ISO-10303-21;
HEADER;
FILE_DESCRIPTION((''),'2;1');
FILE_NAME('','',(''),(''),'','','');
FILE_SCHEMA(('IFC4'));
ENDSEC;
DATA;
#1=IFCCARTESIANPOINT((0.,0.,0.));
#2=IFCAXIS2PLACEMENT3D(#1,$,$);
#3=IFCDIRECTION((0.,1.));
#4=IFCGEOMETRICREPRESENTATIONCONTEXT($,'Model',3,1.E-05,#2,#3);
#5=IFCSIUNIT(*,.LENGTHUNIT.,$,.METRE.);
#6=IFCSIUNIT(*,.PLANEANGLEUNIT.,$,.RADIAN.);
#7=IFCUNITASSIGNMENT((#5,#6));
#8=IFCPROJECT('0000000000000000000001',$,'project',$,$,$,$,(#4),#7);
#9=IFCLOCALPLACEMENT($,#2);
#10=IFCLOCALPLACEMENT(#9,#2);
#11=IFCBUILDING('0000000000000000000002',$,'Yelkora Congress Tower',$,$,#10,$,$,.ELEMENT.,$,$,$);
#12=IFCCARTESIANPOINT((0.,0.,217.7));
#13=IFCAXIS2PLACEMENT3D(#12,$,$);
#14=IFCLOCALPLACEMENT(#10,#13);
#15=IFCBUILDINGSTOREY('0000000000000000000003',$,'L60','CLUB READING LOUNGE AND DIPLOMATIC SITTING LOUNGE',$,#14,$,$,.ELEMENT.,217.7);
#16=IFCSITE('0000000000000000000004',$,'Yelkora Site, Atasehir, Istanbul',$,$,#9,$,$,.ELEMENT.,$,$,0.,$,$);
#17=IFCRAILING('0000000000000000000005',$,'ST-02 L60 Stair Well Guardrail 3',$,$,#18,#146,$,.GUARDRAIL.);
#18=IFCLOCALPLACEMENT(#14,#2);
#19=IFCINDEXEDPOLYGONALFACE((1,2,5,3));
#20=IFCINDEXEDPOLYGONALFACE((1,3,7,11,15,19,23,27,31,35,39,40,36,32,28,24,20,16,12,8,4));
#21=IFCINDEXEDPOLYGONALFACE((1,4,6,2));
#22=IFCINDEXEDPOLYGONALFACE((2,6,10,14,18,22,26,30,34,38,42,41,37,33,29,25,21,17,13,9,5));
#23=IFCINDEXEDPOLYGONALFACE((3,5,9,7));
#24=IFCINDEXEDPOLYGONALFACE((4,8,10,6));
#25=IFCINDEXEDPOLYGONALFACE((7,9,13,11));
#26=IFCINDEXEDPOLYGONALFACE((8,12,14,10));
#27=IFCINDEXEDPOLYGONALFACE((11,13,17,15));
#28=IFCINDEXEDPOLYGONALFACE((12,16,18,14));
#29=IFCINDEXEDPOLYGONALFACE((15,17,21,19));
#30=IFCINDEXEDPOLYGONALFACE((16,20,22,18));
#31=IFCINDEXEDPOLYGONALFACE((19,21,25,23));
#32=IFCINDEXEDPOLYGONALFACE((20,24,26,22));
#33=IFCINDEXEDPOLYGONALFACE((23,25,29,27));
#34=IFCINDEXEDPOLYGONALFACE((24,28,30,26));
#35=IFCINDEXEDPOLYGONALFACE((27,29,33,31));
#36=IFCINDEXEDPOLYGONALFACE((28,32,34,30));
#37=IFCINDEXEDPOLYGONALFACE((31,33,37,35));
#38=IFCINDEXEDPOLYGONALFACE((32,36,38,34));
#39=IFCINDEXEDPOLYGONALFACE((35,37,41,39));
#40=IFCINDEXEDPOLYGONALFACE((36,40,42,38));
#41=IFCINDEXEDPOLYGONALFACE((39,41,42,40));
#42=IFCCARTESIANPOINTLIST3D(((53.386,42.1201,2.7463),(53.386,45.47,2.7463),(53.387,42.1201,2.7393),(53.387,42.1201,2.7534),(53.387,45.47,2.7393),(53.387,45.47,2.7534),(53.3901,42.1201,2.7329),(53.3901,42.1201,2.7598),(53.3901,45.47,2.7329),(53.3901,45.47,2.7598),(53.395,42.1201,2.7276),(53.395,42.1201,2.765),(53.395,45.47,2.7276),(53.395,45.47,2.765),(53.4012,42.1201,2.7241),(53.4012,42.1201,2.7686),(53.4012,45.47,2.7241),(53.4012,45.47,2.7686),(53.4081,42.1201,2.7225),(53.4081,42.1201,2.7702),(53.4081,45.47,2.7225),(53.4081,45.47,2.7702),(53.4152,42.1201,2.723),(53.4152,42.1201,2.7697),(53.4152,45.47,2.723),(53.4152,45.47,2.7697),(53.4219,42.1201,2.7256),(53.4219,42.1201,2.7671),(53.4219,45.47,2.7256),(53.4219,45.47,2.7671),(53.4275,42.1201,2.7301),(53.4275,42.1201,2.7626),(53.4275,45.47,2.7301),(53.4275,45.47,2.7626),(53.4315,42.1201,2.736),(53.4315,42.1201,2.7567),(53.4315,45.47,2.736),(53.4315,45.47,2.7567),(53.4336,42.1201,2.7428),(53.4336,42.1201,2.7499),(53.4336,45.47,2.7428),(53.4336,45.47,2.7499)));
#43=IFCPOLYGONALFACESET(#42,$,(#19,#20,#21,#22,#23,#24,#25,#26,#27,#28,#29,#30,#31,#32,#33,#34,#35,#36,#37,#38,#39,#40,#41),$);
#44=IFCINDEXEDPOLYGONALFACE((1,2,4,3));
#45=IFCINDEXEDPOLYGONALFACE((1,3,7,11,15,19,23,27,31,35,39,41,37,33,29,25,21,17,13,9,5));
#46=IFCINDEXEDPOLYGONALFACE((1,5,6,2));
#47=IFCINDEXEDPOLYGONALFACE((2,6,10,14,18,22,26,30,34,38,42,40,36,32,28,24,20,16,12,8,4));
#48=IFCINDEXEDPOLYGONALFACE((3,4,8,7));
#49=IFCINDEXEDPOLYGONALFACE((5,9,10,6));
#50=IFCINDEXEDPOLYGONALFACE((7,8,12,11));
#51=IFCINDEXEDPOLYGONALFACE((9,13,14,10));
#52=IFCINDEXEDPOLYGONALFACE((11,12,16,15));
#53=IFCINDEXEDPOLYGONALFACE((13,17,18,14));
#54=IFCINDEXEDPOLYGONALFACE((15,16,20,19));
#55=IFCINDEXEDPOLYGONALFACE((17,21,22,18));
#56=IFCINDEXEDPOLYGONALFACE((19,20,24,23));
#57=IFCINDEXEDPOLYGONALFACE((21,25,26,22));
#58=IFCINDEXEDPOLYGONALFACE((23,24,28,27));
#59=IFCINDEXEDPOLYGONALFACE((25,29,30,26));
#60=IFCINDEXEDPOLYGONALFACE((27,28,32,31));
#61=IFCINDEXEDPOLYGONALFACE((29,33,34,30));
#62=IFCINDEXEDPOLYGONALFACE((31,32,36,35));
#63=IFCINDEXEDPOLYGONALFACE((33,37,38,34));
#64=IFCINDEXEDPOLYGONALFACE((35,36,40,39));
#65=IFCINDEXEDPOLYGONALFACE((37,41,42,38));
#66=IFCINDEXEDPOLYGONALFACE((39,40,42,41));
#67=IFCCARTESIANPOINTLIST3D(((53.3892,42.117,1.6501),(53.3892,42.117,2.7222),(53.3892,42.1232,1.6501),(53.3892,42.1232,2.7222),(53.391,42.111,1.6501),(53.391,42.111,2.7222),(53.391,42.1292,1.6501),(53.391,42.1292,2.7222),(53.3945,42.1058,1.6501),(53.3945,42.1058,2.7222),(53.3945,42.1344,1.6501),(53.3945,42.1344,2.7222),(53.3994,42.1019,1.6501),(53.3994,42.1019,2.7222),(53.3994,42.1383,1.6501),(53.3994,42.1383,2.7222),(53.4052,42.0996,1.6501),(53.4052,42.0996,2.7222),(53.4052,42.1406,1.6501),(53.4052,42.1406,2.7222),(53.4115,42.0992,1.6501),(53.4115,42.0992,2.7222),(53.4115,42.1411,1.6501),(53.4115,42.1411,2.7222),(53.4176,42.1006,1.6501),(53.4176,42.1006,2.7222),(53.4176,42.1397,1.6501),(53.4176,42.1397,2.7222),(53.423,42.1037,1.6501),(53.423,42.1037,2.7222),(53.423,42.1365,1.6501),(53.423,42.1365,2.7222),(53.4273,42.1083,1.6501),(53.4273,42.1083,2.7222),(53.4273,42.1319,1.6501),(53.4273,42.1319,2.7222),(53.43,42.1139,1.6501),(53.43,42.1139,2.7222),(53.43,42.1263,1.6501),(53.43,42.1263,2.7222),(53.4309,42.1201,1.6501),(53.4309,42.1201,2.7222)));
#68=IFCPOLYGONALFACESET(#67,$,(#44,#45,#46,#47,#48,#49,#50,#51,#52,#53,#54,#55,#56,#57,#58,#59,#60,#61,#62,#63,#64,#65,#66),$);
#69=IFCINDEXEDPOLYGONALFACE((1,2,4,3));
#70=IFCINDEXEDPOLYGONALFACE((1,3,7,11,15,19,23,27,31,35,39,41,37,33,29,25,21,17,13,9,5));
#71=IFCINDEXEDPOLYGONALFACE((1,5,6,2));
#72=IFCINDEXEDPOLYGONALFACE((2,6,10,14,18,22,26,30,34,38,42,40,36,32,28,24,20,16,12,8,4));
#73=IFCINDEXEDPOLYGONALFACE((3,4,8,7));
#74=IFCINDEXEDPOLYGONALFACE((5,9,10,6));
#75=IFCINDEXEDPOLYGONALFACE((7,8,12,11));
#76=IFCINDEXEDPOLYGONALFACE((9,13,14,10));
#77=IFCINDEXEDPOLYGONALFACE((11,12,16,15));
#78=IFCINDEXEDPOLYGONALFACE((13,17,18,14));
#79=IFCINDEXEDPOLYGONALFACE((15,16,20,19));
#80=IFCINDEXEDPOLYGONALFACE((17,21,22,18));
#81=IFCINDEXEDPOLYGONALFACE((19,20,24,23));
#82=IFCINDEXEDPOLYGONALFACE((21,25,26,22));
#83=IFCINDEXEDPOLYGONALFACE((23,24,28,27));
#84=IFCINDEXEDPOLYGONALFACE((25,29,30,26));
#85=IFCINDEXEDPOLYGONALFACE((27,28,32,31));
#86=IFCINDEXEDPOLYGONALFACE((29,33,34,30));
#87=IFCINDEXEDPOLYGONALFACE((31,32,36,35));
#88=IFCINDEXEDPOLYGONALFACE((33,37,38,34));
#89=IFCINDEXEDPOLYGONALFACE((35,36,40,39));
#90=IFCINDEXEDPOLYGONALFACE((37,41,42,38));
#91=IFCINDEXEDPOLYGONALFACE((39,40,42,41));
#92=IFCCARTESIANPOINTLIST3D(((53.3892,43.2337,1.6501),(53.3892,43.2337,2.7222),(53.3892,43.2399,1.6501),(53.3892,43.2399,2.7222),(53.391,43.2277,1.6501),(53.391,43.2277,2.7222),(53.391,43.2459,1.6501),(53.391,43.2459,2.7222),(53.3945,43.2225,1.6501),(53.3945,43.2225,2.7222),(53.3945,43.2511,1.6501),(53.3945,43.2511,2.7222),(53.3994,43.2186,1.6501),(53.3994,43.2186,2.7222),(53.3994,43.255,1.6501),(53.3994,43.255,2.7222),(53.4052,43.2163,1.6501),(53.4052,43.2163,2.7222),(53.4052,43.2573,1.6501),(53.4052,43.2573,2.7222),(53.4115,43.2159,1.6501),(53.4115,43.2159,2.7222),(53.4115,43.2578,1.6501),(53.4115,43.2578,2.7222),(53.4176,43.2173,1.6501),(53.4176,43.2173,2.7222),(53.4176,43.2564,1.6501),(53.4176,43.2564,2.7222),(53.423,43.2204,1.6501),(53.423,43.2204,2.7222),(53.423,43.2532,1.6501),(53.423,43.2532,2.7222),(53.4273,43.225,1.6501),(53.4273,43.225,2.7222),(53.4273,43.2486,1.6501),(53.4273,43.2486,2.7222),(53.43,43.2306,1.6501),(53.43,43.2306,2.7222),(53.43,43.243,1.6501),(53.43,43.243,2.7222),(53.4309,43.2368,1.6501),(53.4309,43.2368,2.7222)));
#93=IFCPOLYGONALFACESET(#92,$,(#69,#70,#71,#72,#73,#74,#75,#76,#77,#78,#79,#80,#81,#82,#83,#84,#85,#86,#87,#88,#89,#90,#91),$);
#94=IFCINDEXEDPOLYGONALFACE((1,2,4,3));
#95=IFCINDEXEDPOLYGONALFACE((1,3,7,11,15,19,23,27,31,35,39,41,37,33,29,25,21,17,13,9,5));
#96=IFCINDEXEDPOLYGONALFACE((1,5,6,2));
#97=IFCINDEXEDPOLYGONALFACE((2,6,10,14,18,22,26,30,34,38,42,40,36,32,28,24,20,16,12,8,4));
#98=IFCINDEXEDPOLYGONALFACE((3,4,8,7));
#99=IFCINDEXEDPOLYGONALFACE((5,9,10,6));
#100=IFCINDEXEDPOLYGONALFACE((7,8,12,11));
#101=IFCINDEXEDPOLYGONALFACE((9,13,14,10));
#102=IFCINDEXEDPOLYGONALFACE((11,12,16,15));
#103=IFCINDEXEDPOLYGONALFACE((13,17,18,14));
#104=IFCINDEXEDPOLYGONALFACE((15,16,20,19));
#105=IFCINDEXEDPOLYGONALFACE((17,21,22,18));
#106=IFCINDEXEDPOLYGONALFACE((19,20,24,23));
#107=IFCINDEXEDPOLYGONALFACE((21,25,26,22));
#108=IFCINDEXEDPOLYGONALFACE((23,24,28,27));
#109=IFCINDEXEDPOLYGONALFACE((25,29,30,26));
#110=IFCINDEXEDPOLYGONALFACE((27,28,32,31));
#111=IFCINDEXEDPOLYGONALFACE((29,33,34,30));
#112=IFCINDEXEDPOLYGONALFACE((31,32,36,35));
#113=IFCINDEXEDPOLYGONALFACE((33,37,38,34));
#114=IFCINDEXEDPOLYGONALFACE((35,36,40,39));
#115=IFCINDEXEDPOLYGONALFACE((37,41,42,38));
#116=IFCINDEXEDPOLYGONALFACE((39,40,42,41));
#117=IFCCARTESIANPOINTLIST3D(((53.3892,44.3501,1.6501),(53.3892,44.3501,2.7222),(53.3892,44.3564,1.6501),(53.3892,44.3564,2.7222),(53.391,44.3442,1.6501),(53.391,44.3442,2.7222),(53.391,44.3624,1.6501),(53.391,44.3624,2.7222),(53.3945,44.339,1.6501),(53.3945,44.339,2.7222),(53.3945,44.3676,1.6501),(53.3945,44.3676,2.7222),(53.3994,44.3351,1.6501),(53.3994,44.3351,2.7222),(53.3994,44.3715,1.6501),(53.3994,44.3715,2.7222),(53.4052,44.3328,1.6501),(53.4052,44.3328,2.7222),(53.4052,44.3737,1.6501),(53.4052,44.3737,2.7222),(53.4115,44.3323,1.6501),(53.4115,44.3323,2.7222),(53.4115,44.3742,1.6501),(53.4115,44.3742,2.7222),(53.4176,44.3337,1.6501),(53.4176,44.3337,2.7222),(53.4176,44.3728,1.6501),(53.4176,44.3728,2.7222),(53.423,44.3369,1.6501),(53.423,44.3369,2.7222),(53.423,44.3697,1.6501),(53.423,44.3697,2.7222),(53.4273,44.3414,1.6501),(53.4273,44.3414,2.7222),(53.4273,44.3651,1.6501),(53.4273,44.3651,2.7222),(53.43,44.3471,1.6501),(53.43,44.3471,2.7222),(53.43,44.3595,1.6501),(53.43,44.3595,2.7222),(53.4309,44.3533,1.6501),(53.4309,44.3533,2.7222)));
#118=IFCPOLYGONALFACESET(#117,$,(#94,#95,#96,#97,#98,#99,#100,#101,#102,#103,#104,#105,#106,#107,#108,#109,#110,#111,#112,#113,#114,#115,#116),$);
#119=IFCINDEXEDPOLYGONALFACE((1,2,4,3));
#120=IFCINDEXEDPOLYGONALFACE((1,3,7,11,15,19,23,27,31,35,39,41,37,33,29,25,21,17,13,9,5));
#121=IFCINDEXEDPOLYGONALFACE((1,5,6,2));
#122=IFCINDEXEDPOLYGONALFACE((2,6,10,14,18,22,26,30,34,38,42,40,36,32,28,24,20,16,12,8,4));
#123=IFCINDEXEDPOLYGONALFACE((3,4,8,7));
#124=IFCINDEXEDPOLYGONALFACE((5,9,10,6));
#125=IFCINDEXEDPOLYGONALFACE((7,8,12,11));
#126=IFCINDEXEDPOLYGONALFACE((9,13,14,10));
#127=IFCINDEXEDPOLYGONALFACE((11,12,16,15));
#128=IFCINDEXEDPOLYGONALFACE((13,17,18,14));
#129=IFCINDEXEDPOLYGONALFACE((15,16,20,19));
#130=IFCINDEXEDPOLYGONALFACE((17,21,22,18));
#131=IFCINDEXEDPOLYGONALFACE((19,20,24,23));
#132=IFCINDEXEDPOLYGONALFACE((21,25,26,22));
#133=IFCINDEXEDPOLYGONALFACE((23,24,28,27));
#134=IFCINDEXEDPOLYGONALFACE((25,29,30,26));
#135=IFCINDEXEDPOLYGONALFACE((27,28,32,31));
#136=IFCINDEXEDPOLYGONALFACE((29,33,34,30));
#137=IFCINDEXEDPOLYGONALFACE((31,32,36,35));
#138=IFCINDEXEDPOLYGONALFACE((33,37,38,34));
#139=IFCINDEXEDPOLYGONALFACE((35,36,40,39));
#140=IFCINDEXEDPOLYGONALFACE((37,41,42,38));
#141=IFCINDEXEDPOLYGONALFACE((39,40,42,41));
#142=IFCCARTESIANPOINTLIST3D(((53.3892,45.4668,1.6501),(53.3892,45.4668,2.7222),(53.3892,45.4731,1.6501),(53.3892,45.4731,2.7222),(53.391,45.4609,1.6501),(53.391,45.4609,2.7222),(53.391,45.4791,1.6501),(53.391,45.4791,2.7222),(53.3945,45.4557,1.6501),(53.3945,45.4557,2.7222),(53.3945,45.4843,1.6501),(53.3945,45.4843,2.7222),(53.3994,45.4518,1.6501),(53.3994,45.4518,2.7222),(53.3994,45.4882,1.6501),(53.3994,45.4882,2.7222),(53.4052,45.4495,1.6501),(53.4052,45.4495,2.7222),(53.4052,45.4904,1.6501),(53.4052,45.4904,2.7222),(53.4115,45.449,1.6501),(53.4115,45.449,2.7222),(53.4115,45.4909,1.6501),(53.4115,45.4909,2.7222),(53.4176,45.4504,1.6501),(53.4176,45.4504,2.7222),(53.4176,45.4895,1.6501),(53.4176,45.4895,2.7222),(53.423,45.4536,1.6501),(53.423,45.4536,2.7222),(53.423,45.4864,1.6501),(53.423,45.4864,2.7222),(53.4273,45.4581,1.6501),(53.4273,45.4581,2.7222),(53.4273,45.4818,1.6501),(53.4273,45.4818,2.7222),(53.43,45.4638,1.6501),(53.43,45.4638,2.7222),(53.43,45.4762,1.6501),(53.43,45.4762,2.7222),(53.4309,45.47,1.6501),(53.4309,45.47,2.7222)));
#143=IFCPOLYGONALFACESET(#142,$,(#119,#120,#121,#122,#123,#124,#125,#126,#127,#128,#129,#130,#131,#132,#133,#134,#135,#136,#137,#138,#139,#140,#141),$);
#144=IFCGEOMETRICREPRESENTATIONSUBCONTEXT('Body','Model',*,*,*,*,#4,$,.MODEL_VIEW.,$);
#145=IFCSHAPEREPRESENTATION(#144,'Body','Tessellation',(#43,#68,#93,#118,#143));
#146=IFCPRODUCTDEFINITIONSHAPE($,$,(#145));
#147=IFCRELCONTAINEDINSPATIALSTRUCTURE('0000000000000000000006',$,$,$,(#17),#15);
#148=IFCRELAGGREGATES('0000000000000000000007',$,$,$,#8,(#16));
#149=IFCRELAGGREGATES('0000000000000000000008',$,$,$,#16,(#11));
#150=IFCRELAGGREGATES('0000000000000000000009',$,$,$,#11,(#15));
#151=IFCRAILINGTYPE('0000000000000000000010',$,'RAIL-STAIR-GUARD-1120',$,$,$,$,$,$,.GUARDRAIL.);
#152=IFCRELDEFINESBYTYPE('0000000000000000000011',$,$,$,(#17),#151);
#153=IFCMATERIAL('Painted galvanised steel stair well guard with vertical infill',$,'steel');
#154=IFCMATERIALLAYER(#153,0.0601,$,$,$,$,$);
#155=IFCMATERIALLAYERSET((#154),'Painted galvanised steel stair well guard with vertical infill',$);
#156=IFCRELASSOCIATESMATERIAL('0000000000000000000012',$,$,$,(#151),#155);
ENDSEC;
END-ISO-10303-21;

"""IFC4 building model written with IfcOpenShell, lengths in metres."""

from ifc_helpers import new_model, si_unit, direction, frame, origin, origin_2d, place, context, subcontext, project, spatial, circle, extrude, material, layer, layer_set, type_object, element, save


model = new_model("IFC4")

# Units and contexts
model_context = context("Model", 3, precision=1e-05, world=origin(), true_north=direction((0.0, 1.0)))
body_context = subcontext(model_context, "Body", "Model", "MODEL_VIEW")
ifc_project = project(units=[si_unit("LENGTHUNIT", "METRE"), si_unit("PLANEANGLEUNIT", "RADIAN")], contexts=[model_context])

# Site, building, storey
site_placement = place(None, origin())
site = spatial("IfcSite", under=ifc_project, at=site_placement, Name="Yelkora Site, Atasehir, Istanbul", CompositionType="ELEMENT", RefElevation=0.0)
building_placement = place(site_placement, origin())
building = spatial("IfcBuilding", under=site, at=building_placement, Name="Yelkora Congress Tower", CompositionType="ELEMENT")
storey_placement = place(building_placement, frame((0.0, 0.0, 217.7)))
storey = spatial("IfcBuildingStorey", under=building, at=storey_placement, Name="L60", Description="CLUB READING LOUNGE AND DIPLOMATIC SITTING LOUNGE", CompositionType="ELEMENT", Elevation=217.7)

# Railing
ifc_material_1 = material(Name="Painted galvanised steel stair well guard with vertical infill", Category="steel")
ifc_layer_1 = layer(ifc_material_1, 0.0601)
ifc_layer_set_1 = layer_set([ifc_layer_1], Name="Painted galvanised steel stair well guard with vertical infill")
railing_type_1 = type_object("IfcRailingType", Name="RAIL-STAIR-GUARD-1120", PredefinedType="GUARDRAIL", material=ifc_layer_set_1)
railing_1_placement = place(storey_placement, frame((53.4099, 42.1201, 1.6501)))
element("IfcRailing", 1, at=railing_1_placement, inside=storey, type_object=railing_type_1, Name="ST-02 L60 Stair Well Guardrail 3", PredefinedType="GUARDRAIL", context=body_context, shape_type="SweptSolid", body=[
    extrude(circle(Radius=0.0239, at=origin_2d()), frame((0.0, 0.0, 1.0962), z_axis=(0.0, 1.0, 0.0), x_axis=(-1.0, 0.0, 0.0)), (0.0, 0.0, 1.0), 3.3499),
    extrude(circle(Radius=0.021, at=origin_2d()), origin(), (0.0, 0.0, 1.0), 1.072),
    extrude(circle(Radius=0.021, at=origin_2d()), frame((0.0, 1.1167, 0.0)), (0.0, 0.0, 1.0), 1.072),
    extrude(circle(Radius=0.021, at=origin_2d()), frame((0.0, 2.2332, 0.0)), (0.0, 0.0, 1.0), 1.072),
    extrude(circle(Radius=0.021, at=origin_2d()), frame((0.0, 3.3499, 0.0)), (0.0, 0.0, 1.0), 1.072),
])

save(model, "model.ifc")
